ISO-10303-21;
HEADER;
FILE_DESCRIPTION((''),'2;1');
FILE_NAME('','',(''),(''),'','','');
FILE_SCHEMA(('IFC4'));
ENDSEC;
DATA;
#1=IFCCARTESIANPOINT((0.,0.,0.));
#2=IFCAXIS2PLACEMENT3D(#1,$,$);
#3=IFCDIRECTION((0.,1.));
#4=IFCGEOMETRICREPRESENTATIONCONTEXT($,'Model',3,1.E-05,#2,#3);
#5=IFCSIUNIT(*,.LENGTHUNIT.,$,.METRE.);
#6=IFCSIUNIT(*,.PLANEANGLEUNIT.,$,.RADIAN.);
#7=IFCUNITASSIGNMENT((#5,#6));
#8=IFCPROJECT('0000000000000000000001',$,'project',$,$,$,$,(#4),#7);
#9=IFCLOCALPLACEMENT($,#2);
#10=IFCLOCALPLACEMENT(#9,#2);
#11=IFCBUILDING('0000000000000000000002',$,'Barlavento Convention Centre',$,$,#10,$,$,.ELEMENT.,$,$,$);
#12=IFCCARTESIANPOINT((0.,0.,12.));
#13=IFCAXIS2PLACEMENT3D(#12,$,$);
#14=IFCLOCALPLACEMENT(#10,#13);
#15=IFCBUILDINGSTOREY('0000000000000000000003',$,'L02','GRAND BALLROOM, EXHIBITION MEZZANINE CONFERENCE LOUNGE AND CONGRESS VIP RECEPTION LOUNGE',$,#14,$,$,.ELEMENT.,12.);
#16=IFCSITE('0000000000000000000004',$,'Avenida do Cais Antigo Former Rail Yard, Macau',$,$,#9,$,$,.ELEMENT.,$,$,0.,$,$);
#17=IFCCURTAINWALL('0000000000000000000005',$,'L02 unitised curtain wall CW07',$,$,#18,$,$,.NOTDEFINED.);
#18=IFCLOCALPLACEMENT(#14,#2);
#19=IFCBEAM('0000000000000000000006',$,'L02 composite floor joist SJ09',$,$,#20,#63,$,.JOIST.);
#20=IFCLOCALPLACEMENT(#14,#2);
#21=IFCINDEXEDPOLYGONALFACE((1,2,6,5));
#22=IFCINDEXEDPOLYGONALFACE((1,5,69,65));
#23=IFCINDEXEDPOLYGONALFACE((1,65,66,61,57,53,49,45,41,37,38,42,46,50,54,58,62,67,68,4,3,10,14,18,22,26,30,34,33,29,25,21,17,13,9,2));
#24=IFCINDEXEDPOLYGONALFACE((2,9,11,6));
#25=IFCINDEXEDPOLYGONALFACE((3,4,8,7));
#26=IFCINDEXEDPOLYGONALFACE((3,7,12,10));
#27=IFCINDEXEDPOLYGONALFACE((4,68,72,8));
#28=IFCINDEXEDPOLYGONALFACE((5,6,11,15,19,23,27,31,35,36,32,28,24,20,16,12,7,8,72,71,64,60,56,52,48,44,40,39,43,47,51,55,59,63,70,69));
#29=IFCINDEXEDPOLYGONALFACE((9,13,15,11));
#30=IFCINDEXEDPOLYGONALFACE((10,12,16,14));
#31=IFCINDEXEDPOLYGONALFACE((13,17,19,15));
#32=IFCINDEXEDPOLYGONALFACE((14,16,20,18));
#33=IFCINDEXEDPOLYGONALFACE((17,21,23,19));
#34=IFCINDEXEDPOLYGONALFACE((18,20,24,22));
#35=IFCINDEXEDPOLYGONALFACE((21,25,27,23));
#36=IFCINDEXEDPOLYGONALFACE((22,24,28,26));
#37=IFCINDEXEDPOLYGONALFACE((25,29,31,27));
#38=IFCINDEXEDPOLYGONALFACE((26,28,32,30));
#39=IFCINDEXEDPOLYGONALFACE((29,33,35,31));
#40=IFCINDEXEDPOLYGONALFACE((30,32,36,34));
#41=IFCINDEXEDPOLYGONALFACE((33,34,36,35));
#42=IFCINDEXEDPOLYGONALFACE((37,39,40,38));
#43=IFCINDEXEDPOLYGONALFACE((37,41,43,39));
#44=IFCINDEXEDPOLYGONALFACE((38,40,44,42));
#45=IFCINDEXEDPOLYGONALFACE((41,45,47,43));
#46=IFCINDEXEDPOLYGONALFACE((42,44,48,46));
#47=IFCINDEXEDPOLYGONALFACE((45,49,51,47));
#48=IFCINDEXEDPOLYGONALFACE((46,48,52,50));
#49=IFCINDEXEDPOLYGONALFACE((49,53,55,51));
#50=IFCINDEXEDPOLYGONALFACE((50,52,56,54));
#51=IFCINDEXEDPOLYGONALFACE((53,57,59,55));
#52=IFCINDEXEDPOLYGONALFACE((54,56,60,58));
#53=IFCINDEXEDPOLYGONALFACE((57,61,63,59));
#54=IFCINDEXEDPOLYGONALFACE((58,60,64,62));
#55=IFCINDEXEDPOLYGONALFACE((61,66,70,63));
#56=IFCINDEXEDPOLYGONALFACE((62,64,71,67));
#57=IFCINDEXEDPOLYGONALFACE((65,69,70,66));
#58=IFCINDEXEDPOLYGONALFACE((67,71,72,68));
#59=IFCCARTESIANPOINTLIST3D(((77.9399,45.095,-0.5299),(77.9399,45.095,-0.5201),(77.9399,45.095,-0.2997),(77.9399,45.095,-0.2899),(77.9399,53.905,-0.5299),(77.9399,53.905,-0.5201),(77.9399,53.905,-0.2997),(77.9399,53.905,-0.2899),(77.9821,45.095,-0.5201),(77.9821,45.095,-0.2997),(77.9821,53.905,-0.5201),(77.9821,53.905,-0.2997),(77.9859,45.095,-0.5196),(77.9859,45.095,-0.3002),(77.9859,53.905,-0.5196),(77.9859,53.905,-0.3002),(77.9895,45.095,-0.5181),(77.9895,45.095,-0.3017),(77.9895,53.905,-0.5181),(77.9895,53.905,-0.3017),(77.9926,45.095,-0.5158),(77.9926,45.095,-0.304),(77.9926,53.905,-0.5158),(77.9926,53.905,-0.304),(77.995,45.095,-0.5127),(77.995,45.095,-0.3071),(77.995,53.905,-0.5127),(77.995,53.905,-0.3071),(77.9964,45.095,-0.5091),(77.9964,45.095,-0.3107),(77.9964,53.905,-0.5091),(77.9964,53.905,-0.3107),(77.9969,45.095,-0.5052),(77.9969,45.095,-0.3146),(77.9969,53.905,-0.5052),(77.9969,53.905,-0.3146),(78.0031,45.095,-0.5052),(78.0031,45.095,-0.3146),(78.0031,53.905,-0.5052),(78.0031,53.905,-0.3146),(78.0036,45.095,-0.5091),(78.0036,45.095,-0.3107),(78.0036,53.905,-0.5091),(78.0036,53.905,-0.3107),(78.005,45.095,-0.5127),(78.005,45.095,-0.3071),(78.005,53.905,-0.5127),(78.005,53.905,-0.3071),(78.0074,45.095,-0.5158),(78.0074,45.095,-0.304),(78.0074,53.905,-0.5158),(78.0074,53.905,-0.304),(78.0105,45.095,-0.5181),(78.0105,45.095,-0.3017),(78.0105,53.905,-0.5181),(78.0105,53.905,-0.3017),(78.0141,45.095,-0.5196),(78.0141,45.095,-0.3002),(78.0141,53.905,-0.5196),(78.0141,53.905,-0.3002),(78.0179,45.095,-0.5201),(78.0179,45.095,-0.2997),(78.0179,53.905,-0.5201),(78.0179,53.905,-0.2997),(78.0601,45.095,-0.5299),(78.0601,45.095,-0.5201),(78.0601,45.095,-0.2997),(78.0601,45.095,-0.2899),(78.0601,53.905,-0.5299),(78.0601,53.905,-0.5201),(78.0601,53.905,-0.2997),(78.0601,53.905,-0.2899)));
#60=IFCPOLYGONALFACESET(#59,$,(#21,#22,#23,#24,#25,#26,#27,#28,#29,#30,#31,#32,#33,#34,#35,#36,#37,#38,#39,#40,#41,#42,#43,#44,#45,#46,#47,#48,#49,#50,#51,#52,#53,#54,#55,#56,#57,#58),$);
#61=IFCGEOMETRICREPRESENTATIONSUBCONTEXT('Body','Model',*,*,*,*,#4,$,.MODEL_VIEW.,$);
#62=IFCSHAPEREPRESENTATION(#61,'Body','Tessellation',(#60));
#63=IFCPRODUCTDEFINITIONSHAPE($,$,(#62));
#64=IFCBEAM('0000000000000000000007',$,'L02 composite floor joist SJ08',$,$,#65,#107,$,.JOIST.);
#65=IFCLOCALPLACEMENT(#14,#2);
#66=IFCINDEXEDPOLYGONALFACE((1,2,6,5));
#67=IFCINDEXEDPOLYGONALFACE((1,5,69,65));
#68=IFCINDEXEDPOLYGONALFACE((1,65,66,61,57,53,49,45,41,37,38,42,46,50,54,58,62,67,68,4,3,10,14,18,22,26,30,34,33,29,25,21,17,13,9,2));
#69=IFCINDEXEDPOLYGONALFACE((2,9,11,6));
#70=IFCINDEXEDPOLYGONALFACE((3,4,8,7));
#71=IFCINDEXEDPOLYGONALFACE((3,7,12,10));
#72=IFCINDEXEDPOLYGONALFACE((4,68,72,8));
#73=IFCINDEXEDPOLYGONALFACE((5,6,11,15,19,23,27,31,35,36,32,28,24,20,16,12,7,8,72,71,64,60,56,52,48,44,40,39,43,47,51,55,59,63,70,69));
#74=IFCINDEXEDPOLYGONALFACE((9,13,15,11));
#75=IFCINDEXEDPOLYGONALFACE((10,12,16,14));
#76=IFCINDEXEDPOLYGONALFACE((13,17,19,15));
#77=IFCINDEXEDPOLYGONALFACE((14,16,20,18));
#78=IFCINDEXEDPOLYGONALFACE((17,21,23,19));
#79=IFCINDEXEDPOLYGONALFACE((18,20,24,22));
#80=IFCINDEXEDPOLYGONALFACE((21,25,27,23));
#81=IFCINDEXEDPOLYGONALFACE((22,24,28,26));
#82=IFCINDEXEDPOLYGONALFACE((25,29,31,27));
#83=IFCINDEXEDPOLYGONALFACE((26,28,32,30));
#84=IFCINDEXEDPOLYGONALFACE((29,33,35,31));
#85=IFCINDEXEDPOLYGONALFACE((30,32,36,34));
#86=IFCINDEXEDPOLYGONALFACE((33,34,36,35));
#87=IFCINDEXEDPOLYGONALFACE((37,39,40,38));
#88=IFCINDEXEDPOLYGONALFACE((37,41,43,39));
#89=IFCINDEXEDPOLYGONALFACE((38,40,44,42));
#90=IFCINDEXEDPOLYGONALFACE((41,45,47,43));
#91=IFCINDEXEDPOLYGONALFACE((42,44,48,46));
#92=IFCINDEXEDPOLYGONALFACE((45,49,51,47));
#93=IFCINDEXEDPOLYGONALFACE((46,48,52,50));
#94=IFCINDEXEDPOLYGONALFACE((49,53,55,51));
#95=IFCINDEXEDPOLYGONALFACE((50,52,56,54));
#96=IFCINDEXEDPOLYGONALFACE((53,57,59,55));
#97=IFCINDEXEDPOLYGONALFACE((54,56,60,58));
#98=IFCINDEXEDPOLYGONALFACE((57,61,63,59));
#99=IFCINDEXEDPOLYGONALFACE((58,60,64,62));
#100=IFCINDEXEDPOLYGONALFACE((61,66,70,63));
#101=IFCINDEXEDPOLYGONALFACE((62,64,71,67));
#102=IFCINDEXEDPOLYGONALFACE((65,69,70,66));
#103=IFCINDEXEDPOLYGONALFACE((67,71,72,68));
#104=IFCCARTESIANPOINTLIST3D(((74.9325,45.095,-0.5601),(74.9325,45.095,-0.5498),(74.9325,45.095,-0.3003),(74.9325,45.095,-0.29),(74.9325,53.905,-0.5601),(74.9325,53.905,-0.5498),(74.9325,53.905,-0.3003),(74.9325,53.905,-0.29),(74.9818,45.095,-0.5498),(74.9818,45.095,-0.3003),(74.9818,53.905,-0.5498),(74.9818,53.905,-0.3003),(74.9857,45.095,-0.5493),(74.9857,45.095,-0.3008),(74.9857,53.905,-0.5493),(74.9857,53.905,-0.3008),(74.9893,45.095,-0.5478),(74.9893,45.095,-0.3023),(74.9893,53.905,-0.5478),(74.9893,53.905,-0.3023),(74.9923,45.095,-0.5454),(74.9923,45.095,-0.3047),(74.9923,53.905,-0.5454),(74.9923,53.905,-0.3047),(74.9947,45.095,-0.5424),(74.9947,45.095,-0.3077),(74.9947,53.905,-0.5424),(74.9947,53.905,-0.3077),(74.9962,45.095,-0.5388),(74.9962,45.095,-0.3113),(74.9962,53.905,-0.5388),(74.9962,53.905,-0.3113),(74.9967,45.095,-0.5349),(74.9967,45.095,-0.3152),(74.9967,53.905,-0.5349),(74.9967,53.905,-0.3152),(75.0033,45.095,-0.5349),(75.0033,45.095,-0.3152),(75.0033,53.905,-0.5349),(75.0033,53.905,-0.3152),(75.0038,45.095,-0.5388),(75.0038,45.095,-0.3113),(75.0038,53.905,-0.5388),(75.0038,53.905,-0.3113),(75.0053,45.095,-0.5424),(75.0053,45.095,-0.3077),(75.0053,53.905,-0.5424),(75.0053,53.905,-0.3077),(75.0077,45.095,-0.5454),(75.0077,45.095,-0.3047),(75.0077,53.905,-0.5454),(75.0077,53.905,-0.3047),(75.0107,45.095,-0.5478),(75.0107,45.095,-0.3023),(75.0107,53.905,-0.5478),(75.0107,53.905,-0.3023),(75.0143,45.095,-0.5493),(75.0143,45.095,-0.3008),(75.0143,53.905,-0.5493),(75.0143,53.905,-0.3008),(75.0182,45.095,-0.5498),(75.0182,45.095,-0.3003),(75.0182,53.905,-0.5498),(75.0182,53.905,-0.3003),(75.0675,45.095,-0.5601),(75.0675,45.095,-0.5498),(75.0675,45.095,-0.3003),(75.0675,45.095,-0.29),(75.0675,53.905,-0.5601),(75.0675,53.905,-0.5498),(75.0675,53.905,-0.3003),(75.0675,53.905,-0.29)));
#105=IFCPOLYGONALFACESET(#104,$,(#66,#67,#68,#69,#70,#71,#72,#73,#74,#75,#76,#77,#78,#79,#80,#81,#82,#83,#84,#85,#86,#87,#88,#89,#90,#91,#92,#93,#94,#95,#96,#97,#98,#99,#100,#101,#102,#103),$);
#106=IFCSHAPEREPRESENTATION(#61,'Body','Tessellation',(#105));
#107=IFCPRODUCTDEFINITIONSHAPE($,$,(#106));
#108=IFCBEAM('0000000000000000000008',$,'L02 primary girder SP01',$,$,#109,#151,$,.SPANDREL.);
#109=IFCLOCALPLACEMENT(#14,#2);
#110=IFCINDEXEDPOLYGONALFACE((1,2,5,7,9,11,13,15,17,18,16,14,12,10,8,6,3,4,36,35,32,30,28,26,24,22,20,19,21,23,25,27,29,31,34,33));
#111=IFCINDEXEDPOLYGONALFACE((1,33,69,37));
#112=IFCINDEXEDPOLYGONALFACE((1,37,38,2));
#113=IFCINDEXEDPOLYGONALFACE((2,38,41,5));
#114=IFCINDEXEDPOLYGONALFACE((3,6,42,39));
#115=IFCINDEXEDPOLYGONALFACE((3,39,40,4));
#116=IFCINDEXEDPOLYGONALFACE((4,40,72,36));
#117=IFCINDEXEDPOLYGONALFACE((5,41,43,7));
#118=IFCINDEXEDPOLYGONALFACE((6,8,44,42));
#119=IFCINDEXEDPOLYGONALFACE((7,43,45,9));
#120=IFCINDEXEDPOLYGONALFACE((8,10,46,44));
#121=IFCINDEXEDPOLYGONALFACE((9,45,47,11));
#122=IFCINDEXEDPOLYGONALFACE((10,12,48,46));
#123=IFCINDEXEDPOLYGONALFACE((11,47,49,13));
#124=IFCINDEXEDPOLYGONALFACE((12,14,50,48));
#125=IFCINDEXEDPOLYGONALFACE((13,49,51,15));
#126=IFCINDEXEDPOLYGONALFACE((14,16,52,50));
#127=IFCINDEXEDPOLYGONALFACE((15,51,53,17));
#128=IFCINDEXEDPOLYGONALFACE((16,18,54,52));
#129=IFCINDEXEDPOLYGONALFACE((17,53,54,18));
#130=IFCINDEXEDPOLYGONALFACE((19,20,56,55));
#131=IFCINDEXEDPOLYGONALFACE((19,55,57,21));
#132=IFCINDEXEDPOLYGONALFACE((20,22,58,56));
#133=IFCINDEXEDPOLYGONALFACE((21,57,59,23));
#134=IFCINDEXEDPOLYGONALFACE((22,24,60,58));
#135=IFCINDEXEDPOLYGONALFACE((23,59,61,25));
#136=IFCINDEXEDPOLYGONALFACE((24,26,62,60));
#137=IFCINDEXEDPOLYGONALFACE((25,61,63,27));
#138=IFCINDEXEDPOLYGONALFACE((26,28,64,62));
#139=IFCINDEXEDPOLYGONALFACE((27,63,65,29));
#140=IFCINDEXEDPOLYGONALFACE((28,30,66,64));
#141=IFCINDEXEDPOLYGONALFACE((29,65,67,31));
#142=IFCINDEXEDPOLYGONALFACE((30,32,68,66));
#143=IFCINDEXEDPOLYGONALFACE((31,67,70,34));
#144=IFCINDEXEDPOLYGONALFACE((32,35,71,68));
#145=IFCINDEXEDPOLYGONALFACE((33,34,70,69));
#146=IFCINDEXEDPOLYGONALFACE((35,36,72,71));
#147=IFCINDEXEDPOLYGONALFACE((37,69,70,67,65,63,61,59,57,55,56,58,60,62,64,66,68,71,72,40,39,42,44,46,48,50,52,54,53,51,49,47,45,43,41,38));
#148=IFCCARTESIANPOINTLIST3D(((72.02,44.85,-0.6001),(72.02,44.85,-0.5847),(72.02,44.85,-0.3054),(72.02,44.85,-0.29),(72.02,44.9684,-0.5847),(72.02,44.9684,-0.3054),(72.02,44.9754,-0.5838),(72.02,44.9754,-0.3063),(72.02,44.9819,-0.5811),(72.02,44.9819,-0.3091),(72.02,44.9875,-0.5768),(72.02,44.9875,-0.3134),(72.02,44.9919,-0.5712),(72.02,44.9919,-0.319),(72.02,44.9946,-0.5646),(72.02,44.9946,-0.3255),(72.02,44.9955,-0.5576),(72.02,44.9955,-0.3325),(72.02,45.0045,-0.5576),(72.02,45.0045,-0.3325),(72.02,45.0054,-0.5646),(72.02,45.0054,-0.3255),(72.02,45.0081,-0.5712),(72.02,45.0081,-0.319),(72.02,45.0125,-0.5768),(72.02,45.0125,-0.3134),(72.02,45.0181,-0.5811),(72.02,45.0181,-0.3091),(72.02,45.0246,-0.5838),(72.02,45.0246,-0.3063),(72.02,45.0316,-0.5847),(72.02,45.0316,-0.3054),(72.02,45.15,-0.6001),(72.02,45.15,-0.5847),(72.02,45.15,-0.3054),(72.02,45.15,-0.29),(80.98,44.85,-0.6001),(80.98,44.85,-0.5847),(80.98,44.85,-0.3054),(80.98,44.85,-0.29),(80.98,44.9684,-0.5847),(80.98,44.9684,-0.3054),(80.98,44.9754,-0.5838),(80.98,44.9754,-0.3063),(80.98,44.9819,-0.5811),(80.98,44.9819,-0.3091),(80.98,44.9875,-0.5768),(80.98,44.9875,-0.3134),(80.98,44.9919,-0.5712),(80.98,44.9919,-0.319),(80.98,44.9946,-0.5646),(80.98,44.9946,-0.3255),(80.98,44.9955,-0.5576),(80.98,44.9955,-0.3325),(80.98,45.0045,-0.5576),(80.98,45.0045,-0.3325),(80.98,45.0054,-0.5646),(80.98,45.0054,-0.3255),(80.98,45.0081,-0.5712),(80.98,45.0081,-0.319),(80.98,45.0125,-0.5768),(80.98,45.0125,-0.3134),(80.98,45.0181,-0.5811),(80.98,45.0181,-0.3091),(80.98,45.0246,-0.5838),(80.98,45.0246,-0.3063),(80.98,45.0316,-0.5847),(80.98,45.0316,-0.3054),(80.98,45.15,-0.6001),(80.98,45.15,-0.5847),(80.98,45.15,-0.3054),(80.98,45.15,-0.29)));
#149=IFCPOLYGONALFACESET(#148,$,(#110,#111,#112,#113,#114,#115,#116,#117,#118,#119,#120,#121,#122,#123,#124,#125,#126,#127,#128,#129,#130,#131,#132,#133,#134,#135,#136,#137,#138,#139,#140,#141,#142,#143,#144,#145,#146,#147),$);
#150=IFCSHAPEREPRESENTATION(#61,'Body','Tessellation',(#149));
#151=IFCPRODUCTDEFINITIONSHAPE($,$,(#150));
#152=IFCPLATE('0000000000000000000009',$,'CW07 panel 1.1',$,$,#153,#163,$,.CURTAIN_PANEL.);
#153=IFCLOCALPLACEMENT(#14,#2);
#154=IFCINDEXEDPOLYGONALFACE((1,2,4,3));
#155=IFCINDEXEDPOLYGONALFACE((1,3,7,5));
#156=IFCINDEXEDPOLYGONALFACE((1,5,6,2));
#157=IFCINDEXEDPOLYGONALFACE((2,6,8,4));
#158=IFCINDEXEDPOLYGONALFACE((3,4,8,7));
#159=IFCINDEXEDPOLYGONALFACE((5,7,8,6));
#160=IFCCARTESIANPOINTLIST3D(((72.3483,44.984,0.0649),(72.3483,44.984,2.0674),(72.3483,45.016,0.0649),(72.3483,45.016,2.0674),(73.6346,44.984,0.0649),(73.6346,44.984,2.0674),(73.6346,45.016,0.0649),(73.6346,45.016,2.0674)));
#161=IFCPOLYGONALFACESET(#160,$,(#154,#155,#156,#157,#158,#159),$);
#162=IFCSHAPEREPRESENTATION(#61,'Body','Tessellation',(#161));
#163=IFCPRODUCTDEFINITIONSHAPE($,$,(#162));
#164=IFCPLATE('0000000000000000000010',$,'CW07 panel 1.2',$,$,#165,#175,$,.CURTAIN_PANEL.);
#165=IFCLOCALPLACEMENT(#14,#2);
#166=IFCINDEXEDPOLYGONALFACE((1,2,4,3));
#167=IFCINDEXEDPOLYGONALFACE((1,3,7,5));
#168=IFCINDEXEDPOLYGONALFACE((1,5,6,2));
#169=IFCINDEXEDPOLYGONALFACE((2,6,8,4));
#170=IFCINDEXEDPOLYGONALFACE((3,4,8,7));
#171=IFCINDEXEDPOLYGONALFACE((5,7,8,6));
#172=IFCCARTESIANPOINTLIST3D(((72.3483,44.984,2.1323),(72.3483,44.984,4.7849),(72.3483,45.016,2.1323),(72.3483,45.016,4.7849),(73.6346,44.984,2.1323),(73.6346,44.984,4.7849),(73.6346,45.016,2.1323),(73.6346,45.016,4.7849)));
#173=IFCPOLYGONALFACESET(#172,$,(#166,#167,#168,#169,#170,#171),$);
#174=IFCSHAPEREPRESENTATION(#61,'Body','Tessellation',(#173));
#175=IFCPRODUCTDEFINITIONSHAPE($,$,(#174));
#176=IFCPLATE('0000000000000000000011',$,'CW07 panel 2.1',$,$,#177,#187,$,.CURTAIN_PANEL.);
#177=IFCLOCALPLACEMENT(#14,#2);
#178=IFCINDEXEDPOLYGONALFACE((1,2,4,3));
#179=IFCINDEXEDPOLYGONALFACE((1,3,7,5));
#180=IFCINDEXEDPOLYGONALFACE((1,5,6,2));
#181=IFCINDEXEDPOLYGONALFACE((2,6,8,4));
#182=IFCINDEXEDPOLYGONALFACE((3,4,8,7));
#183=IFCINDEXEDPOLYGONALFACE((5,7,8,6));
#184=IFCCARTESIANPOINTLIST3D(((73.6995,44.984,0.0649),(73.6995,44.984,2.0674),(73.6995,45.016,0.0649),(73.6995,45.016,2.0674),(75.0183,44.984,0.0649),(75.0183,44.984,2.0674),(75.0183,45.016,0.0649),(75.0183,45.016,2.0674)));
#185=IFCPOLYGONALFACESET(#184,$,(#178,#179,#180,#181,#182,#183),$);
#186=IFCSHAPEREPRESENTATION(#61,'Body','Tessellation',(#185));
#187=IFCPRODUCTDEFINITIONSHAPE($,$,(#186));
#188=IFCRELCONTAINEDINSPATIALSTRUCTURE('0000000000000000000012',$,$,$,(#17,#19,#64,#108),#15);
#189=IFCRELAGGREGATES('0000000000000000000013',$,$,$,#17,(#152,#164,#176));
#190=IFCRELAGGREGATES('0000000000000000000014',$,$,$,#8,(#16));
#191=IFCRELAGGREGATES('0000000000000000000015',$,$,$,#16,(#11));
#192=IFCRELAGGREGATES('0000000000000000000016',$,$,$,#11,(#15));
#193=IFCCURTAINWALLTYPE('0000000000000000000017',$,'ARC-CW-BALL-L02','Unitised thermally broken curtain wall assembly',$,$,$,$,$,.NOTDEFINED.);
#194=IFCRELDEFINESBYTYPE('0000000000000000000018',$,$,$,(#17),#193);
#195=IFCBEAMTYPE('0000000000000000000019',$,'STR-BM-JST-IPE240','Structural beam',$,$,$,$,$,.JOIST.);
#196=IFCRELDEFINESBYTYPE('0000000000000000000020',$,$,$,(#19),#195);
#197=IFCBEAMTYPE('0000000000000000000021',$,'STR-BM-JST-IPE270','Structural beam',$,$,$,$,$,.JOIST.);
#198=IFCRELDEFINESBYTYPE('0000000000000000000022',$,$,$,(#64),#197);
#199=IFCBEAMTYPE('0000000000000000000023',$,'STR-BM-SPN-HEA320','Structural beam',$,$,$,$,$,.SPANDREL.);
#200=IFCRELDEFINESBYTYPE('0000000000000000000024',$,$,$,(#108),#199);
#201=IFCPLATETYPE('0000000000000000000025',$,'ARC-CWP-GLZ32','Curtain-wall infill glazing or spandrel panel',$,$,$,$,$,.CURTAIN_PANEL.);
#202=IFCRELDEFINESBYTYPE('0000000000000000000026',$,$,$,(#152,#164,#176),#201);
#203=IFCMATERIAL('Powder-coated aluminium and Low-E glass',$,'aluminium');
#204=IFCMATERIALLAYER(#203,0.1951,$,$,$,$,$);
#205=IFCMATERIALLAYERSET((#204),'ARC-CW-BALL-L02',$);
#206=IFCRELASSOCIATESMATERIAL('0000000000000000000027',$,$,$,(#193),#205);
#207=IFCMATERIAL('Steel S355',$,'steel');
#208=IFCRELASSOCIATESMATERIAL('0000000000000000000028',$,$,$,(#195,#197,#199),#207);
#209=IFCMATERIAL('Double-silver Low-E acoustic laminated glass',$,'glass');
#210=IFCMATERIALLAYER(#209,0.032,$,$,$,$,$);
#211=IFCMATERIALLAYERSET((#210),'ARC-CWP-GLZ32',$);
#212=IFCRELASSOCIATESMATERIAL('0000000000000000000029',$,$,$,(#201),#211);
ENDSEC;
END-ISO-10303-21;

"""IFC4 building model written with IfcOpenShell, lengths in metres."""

from ifc_helpers import new_model, si_unit, direction, frame, origin, origin_2d, place, context, subcontext, project, spatial, rectangle, i_section, extrude, material, layer, layer_set, material_profile, profile_set, type_object, element, aggregate, save


model = new_model("IFC4")

# Units and contexts
model_context = context("Model", 3, precision=1e-05, world=origin(), true_north=direction((0.0, 1.0)))
body_context = subcontext(model_context, "Body", "Model", "MODEL_VIEW")
ifc_project = project(units=[si_unit("LENGTHUNIT", "METRE"), si_unit("PLANEANGLEUNIT", "RADIAN")], contexts=[model_context])

# Site, building, storey
site_placement = place(None, origin())
site = spatial("IfcSite", under=ifc_project, at=site_placement, Name="Avenida do Cais Antigo Former Rail Yard, Macau", CompositionType="ELEMENT", RefElevation=0.0)
building_placement = place(site_placement, origin())
building = spatial("IfcBuilding", under=site, at=building_placement, Name="Barlavento Convention Centre", CompositionType="ELEMENT")
storey_placement = place(building_placement, frame((0.0, 0.0, 12.0)))
storey = spatial("IfcBuildingStorey", under=building, at=storey_placement, Name="L02", Description="GRAND BALLROOM, EXHIBITION MEZZANINE CONFERENCE LOUNGE AND CONGRESS VIP RECEPTION LOUNGE", CompositionType="ELEMENT", Elevation=12.0)

# Curtain wall
ifc_material_1 = material(Name="Powder-coated aluminium and Low-E glass", Category="aluminium")
ifc_layer_1 = layer(ifc_material_1, 0.1951)
ifc_layer_set_1 = layer_set([ifc_layer_1], Name="ARC-CW-BALL-L02")
curtain_wall_type = type_object("IfcCurtainWallType", Name="ARC-CW-BALL-L02", Description="Unitised thermally broken curtain wall assembly", PredefinedType="NOTDEFINED", material=ifc_layer_set_1)
curtain_wall_placement = place(storey_placement, origin())
curtain_wall = element("IfcCurtainWall", 1, at=curtain_wall_placement, inside=storey, type_object=curtain_wall_type, Name="L02 unitised curtain wall CW07", PredefinedType="NOTDEFINED")

# Beams
ifc_material_2 = material(Name="Steel S355", Category="steel")
ifc_material_profile_1 = material_profile(ifc_material_2, i_section(OverallWidth=0.1201, OverallDepth=0.24, WebThickness=0.0061, FlangeThickness=0.0098, FilletRadius=0.0149, at=origin_2d()), Name="IPE 240")
ifc_profile_set_1 = profile_set([ifc_material_profile_1], Name="Steel S355")
beam_type_1 = type_object("IfcBeamType", Name="STR-BM-JST-IPE240", Description="Structural beam", PredefinedType="JOIST", material=ifc_profile_set_1)
beam_1_placement = place(storey_placement, frame((78.0, 45.095, -0.4099), z_axis=(0.0, 1.0, 0.0), x_axis=(-1.0, 0.0, 0.0)))
element("IfcBeam", 2, at=beam_1_placement, inside=storey, type_object=beam_type_1, Name="L02 composite floor joist SJ09", PredefinedType="JOIST", context=body_context, shape_type="SweptSolid", body=[
    extrude(i_section(OverallWidth=0.1201, OverallDepth=0.24, WebThickness=0.0061, FlangeThickness=0.0098, FilletRadius=0.0149, at=origin_2d()), origin(), (0.0, 0.0, 1.0), 8.8101),
])
ifc_material_profile_2 = material_profile(ifc_material_2, i_section(OverallWidth=0.135, OverallDepth=0.27, WebThickness=0.0066, FlangeThickness=0.0103, FilletRadius=0.0149, at=origin_2d()), Name="IPE 270")
ifc_profile_set_2 = profile_set([ifc_material_profile_2], Name="Steel S355")
beam_type_2 = type_object("IfcBeamType", Name="STR-BM-JST-IPE270", Description="Structural beam", PredefinedType="JOIST", material=ifc_profile_set_2)
beam_2_placement = place(storey_placement, frame((75.0, 45.095, -0.425), z_axis=(0.0, 1.0, 0.0), x_axis=(-1.0, 0.0, 0.0)))
element("IfcBeam", 3, at=beam_2_placement, inside=storey, type_object=beam_type_2, Name="L02 composite floor joist SJ08", PredefinedType="JOIST", context=body_context, shape_type="SweptSolid", body=[
    extrude(i_section(OverallWidth=0.135, OverallDepth=0.27, WebThickness=0.0066, FlangeThickness=0.0103, FilletRadius=0.0149, at=origin_2d()), origin(), (0.0, 0.0, 1.0), 8.8101),
])
ifc_material_profile_3 = material_profile(ifc_material_2, i_section(OverallWidth=0.3, OverallDepth=0.3101, WebThickness=0.009, FlangeThickness=0.0154, FilletRadius=0.0271, at=origin_2d()), Name="HEA 320")
ifc_profile_set_3 = profile_set([ifc_material_profile_3], Name="Steel S355")
beam_type_3 = type_object("IfcBeamType", Name="STR-BM-SPN-HEA320", Description="Structural beam", PredefinedType="SPANDREL", material=ifc_profile_set_3)
beam_3_placement = place(storey_placement, frame((72.02, 45.0, -0.4451), z_axis=(1.0, 0.0, 0.0), x_axis=(0.0, 1.0, 0.0)))
element("IfcBeam", 4, at=beam_3_placement, inside=storey, type_object=beam_type_3, Name="L02 primary girder SP01", PredefinedType="SPANDREL", context=body_context, shape_type="SweptSolid", body=[
    extrude(i_section(OverallWidth=0.3, OverallDepth=0.3101, WebThickness=0.009, FlangeThickness=0.0154, FilletRadius=0.0271, at=origin_2d()), origin(), (0.0, 0.0, 1.0), 8.96),
])

# Plates
ifc_material_3 = material(Name="Double-silver Low-E acoustic laminated glass", Category="glass")
ifc_layer_2 = layer(ifc_material_3, 0.032)
ifc_layer_set_2 = layer_set([ifc_layer_2], Name="ARC-CWP-GLZ32")
plate_type = type_object("IfcPlateType", Name="ARC-CWP-GLZ32", Description="Curtain-wall infill glazing or spandrel panel", PredefinedType="CURTAIN_PANEL", material=ifc_layer_set_2)
plate_1_placement = place(storey_placement, frame((72.9915, 45.0, 0.0649), z_axis=(0.0, 0.0, 1.0), x_axis=(1.0, 0.0, 0.0)))
plate_1 = element("IfcPlate", 5, at=plate_1_placement, type_object=plate_type, Name="CW07 panel 1.1", PredefinedType="CURTAIN_PANEL", context=body_context, shape_type="SweptSolid", body=[
    extrude(rectangle(XDim=1.2864, YDim=0.032, at=origin_2d()), origin(), (0.0, 0.0, 1.0), 2.0024),
])
plate_2_placement = place(storey_placement, frame((72.9915, 45.0, 2.1323), z_axis=(0.0, 0.0, 1.0), x_axis=(1.0, 0.0, 0.0)))
plate_2 = element("IfcPlate", 6, at=plate_2_placement, type_object=plate_type, Name="CW07 panel 1.2", PredefinedType="CURTAIN_PANEL", context=body_context, shape_type="SweptSolid", body=[
    extrude(rectangle(XDim=1.2864, YDim=0.032, at=origin_2d()), origin(), (0.0, 0.0, 1.0), 2.6526),
])
plate_3_placement = place(storey_placement, frame((74.3589, 45.0, 0.0649), z_axis=(0.0, 0.0, 1.0), x_axis=(1.0, 0.0, 0.0)))
plate_3 = element("IfcPlate", 7, at=plate_3_placement, type_object=plate_type, Name="CW07 panel 2.1", PredefinedType="CURTAIN_PANEL", context=body_context, shape_type="SweptSolid", body=[
    extrude(rectangle(XDim=1.3188, YDim=0.032, at=origin_2d()), origin(), (0.0, 0.0, 1.0), 2.0024),
])
aggregate(curtain_wall, [plate_1, plate_2, plate_3])

save(model, "model.ifc")
